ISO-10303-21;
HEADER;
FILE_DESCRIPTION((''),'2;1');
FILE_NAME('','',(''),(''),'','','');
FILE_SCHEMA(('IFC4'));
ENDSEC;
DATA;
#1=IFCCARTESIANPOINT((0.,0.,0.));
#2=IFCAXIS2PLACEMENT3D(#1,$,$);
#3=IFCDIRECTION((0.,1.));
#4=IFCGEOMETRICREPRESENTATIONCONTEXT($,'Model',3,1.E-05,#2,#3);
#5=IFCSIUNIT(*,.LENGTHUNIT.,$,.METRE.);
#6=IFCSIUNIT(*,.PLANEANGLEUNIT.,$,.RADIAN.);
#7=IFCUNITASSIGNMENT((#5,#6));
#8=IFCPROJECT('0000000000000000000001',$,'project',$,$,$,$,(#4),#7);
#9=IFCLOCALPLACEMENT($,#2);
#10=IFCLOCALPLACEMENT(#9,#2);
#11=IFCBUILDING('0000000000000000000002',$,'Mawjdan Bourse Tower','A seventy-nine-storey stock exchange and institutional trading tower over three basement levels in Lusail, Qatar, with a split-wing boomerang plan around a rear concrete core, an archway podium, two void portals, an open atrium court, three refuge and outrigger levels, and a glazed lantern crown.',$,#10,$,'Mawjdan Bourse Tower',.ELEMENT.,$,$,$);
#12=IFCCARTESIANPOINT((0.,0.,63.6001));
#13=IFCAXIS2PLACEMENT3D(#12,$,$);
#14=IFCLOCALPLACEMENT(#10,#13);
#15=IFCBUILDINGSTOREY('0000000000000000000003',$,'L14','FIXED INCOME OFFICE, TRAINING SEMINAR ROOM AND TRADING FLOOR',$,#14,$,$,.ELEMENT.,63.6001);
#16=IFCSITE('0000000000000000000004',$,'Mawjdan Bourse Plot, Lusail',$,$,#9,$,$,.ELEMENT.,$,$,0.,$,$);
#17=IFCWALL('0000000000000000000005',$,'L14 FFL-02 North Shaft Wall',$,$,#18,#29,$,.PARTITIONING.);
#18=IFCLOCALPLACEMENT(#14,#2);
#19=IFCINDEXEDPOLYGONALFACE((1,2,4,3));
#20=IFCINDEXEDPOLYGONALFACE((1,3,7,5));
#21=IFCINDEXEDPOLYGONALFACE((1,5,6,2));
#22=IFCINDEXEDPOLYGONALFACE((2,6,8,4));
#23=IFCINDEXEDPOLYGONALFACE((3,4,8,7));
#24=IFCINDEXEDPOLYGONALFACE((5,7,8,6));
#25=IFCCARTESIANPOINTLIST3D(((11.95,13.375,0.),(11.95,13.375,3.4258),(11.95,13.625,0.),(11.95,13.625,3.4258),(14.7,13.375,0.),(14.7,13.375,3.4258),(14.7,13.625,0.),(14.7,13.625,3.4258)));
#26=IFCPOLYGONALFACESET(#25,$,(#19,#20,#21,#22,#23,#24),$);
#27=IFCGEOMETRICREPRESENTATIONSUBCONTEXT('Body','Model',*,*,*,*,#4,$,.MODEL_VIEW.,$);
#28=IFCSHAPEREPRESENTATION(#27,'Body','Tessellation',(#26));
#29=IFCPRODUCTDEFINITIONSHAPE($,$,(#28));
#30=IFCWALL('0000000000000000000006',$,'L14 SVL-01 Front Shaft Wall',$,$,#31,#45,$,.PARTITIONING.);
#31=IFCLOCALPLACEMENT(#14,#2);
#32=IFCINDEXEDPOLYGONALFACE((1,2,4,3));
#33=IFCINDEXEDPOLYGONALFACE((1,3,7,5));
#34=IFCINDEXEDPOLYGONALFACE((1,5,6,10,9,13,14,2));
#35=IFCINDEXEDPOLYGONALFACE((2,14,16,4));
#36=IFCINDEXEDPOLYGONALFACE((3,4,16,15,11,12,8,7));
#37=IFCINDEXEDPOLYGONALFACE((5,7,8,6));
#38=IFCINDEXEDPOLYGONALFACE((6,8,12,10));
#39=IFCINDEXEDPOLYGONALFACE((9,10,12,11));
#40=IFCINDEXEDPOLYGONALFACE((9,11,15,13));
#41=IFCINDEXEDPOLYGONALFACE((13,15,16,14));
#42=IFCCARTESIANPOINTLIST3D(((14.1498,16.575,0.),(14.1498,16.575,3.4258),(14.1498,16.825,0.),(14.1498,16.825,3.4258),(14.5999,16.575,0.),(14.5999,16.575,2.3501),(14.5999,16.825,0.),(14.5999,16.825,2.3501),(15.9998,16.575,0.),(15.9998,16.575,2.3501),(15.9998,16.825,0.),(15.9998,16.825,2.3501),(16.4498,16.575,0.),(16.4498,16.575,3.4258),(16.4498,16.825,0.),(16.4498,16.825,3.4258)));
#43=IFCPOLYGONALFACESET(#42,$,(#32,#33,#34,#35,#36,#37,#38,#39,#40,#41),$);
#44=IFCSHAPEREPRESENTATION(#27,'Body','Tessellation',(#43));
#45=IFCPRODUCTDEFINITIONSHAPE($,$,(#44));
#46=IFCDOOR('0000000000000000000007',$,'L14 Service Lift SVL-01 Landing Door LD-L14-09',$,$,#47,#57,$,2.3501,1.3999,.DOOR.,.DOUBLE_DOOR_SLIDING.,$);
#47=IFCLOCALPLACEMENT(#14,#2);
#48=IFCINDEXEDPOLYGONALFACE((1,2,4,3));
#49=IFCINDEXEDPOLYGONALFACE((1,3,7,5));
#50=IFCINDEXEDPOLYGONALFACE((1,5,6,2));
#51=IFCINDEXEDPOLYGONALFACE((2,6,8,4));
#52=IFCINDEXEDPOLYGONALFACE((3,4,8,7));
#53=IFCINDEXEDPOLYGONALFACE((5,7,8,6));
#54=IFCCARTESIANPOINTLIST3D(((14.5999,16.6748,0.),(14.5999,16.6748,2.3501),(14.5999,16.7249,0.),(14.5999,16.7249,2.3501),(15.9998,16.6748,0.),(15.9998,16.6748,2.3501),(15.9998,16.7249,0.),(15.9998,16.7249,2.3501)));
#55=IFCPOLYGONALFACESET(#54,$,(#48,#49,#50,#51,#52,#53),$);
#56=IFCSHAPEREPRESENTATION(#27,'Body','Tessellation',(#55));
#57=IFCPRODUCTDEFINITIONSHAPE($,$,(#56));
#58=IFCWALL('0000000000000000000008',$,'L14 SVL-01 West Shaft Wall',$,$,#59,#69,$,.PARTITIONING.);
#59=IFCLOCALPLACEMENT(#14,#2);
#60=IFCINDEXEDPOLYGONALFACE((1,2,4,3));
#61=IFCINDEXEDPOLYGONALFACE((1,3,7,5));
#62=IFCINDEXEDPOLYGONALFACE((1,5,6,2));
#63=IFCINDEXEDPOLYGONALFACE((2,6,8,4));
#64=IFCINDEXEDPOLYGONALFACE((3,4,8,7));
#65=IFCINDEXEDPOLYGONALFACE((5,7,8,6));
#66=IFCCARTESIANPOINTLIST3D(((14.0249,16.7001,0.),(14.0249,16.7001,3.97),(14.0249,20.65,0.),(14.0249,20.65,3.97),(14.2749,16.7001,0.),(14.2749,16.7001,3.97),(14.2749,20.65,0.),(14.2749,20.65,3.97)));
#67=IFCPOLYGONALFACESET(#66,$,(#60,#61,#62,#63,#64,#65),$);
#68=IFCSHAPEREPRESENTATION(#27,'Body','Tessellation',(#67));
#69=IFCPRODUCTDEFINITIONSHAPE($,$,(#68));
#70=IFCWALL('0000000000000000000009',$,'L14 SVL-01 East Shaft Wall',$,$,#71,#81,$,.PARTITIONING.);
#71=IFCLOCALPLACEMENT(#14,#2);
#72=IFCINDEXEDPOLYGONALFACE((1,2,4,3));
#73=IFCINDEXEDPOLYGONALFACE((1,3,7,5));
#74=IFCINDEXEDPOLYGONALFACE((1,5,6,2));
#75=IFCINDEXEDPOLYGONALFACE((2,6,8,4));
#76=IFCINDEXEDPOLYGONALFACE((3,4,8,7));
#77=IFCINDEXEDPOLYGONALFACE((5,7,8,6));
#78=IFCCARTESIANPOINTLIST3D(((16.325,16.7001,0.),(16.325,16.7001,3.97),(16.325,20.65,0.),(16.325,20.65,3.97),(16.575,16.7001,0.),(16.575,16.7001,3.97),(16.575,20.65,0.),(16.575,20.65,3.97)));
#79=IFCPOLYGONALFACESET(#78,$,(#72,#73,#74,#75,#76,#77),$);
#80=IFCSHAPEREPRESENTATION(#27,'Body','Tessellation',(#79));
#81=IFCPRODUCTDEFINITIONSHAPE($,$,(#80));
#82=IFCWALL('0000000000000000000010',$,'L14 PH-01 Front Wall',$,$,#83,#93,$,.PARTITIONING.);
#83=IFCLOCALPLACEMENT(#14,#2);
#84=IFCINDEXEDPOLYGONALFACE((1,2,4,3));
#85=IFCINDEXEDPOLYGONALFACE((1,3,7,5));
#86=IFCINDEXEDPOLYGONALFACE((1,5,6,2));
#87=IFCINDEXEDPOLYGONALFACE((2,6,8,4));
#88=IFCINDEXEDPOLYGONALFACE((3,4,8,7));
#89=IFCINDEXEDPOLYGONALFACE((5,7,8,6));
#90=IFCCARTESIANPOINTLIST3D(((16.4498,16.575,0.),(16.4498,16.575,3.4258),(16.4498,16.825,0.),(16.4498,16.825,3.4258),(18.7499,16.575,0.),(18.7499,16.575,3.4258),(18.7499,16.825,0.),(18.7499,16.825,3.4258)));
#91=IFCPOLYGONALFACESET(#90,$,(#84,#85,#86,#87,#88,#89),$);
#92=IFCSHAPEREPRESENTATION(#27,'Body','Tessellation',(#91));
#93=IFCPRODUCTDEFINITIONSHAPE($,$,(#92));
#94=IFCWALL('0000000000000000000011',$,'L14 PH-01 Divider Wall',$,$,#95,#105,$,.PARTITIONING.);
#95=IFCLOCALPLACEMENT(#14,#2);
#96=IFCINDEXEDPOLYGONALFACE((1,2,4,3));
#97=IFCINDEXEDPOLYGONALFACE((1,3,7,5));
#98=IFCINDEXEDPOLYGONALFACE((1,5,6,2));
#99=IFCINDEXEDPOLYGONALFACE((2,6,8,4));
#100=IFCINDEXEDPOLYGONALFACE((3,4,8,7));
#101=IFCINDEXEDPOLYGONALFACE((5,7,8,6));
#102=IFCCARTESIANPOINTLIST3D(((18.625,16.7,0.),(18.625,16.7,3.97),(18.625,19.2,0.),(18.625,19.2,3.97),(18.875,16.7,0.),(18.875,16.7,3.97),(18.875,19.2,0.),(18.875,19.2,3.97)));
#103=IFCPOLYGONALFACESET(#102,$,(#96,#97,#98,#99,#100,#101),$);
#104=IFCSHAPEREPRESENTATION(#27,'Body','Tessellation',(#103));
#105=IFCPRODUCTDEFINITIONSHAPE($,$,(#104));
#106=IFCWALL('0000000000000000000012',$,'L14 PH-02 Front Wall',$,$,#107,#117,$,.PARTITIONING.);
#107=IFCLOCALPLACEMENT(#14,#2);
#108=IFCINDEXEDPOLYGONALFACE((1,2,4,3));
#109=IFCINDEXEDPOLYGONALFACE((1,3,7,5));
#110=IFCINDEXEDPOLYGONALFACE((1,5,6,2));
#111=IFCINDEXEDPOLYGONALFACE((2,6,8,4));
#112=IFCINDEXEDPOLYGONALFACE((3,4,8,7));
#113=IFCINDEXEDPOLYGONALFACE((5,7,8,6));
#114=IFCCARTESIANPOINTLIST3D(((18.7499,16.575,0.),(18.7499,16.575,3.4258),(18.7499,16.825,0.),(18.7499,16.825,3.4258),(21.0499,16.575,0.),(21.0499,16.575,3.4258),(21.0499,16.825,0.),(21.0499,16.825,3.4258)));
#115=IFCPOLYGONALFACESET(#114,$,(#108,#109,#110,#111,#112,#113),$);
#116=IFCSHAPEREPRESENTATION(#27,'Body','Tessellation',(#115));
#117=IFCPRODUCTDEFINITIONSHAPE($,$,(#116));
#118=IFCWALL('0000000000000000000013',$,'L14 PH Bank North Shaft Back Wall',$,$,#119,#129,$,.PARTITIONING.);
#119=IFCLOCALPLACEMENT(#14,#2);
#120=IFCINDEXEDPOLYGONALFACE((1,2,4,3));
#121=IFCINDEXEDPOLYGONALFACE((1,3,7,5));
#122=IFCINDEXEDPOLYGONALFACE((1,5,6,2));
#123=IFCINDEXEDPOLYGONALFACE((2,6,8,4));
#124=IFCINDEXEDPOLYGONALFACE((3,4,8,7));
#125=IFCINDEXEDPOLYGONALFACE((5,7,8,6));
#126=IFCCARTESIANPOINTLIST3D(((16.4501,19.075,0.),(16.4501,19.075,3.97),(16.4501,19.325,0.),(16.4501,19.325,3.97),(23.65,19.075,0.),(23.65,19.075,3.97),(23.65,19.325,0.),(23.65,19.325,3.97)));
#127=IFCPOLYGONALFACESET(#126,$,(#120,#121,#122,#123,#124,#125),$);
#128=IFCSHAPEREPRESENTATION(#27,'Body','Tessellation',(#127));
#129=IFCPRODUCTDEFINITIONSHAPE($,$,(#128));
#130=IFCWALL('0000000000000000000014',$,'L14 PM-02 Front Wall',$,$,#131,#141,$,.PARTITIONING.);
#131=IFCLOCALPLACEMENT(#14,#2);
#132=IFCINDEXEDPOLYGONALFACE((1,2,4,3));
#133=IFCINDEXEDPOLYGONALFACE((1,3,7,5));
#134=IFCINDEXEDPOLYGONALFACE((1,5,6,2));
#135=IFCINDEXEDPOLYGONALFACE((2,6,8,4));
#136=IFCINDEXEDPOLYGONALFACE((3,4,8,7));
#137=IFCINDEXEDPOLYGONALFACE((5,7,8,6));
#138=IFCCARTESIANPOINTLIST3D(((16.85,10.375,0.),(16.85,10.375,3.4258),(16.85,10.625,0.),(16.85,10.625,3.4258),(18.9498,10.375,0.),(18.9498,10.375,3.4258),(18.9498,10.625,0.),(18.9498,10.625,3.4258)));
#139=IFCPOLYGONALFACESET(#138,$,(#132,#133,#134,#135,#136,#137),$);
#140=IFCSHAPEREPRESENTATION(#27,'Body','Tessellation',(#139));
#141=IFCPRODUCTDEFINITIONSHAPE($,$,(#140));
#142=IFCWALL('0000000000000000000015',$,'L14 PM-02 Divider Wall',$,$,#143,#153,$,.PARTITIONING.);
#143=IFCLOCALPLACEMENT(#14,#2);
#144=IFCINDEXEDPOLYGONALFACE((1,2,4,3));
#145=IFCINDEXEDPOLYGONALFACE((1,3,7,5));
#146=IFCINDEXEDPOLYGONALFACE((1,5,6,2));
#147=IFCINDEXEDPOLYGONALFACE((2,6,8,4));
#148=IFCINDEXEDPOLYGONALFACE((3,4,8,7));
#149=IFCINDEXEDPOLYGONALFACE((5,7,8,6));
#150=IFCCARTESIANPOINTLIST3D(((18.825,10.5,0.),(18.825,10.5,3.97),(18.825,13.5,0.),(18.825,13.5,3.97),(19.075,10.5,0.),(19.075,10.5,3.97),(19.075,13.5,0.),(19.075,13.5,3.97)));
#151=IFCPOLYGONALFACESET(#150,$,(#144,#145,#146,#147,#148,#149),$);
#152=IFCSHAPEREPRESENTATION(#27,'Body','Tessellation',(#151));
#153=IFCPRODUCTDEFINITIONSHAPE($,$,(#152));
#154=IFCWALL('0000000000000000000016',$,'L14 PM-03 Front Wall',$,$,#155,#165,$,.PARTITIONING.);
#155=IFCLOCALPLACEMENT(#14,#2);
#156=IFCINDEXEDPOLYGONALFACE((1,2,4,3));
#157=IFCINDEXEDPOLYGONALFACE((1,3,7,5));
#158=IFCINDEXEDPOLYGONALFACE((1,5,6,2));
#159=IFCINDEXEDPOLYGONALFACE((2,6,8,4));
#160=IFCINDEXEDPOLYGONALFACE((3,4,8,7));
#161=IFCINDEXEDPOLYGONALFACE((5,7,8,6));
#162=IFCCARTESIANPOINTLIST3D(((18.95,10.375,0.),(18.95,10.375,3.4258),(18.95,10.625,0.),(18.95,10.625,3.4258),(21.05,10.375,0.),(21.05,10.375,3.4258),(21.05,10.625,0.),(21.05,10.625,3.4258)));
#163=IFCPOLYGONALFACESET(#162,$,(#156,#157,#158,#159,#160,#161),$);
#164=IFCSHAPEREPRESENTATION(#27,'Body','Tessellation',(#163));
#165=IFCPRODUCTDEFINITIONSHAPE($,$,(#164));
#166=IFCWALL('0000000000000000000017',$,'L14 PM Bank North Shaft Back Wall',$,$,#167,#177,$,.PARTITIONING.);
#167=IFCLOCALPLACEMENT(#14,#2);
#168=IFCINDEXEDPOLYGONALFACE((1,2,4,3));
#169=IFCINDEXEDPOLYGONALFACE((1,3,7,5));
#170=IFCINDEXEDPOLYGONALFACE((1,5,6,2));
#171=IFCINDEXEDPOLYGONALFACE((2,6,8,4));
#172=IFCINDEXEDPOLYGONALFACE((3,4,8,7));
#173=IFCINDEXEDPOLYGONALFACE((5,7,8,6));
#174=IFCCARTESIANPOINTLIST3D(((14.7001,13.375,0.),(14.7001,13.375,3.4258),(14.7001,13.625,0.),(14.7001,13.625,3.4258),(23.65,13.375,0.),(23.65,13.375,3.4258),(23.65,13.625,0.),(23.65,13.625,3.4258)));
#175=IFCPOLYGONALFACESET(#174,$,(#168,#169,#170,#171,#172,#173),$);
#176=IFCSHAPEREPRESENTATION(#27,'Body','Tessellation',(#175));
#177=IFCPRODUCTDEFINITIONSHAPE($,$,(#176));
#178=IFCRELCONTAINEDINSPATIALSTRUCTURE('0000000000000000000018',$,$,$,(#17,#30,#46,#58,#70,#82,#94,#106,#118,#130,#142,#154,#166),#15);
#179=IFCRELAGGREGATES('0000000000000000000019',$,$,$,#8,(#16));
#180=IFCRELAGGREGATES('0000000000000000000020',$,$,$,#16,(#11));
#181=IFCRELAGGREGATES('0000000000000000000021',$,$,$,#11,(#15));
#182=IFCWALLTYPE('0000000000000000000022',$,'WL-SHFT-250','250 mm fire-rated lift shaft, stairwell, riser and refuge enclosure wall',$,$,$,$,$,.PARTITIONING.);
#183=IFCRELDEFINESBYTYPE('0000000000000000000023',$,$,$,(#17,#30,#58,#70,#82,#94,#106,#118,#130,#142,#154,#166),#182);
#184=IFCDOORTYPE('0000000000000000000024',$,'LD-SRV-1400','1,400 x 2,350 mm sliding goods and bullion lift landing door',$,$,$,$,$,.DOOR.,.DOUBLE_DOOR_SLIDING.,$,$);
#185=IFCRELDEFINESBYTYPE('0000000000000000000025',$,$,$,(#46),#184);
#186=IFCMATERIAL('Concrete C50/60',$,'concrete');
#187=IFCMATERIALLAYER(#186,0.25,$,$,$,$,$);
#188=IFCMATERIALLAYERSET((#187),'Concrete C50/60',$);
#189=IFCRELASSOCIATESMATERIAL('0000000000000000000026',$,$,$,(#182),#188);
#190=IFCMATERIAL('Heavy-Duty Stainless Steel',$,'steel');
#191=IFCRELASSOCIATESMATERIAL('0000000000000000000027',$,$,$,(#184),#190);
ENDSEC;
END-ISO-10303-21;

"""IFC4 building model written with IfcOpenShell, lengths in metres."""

from ifc_helpers import new_model, si_unit, direction, frame, frame_2d, origin, place, context, subcontext, project, spatial, rectangle, extrude, material, layer, layer_set, type_object, element, fill, save


model = new_model("IFC4")

# Units and contexts
model_context = context("Model", 3, precision=1e-05, world=origin(), true_north=direction((0.0, 1.0)))
body_context = subcontext(model_context, "Body", "Model", "MODEL_VIEW")
ifc_project = project(units=[si_unit("LENGTHUNIT", "METRE"), si_unit("PLANEANGLEUNIT", "RADIAN")], contexts=[model_context])

# Site, building, storey
site_placement = place(None, origin())
site = spatial("IfcSite", under=ifc_project, at=site_placement, Name="Mawjdan Bourse Plot, Lusail", CompositionType="ELEMENT", RefElevation=0.0)
building_placement = place(site_placement, origin())
building = spatial("IfcBuilding", under=site, at=building_placement, Name="Mawjdan Bourse Tower", Description="A seventy-nine-storey stock exchange and institutional trading tower over three basement levels in Lusail, Qatar, with a split-wing boomerang plan around a rear concrete core, an archway podium, two void portals, an open atrium court, three refuge and outrigger levels, and a glazed lantern crown.", LongName="Mawjdan Bourse Tower", CompositionType="ELEMENT")
storey_placement = place(building_placement, frame((0.0, 0.0, 63.6001)))
storey = spatial("IfcBuildingStorey", under=building, at=storey_placement, Name="L14", Description="FIXED INCOME OFFICE, TRAINING SEMINAR ROOM AND TRADING FLOOR", CompositionType="ELEMENT", Elevation=63.6001)

# Wall
ifc_material_1 = material(Name="Concrete C50/60", Category="concrete")
ifc_layer_1 = layer(ifc_material_1, 0.25)
ifc_layer_set_1 = layer_set([ifc_layer_1], Name="Concrete C50/60")
wall_type_1 = type_object("IfcWallType", Name="WL-SHFT-250", Description="250 mm fire-rated lift shaft, stairwell, riser and refuge enclosure wall", PredefinedType="PARTITIONING", material=ifc_layer_set_1)
wall_1_placement = place(storey_placement, frame((11.95, 13.5, 0.0), z_axis=(0.0, 0.0, 1.0), x_axis=(1.0, 0.0, 0.0)))
element("IfcWall", 1, at=wall_1_placement, inside=storey, type_object=wall_type_1, Name="L14 FFL-02 North Shaft Wall", PredefinedType="PARTITIONING", context=body_context, shape_type="SweptSolid", body=[
    extrude(rectangle(XDim=2.75, YDim=0.25, at=frame_2d((1.375, 0.0))), origin(), (0.0, 0.0, 1.0), 3.4258),
])

# Wall, opening, door
wall_2_placement = place(storey_placement, frame((14.1499, 16.7, 0.0), z_axis=(0.0, 0.0, 1.0), x_axis=(1.0, 0.0, 0.0)))
wall_2 = element("IfcWall", 2, at=wall_2_placement, inside=storey, type_object=wall_type_1, Name="L14 SVL-01 Front Shaft Wall", PredefinedType="PARTITIONING", context=body_context, shape_type="SweptSolid", body=[
    extrude(rectangle(XDim=2.3, YDim=0.25, at=frame_2d((1.1499, 0.0))), origin(), (0.0, 0.0, 1.0), 3.4258),
])
opening_1_placement = place(wall_2_placement, frame((0.45, 0.0, 0.0)))
opening_1 = element("IfcOpeningElement", 3, at=opening_1_placement, cuts=wall_2, PredefinedType="OPENING", context=body_context, shape_type="SweptSolid", body=[
    extrude(rectangle(XDim=1.3999, YDim=2.3501, at=frame_2d((0.7, 1.175))), frame((0.0, 0.135, 0.0), z_axis=(0.0, -1.0, 0.0), x_axis=(1.0, 0.0, 0.0)), (0.0, 0.0, 1.0), 0.27),
])
ifc_material_2 = material(Name="Heavy-Duty Stainless Steel", Category="steel")
door_type_1 = type_object("IfcDoorType", Name="LD-SRV-1400", Description="1,400 x 2,350 mm sliding goods and bullion lift landing door", OperationType="DOUBLE_DOOR_SLIDING", PredefinedType="DOOR", material=ifc_material_2)
door_1_placement = place(opening_1_placement, origin())
door_1 = element("IfcDoor", 4, at=door_1_placement, inside=storey, type_object=door_type_1, Name="L14 Service Lift SVL-01 Landing Door LD-L14-09", OperationType="DOUBLE_DOOR_SLIDING", OverallHeight=2.3501, OverallWidth=1.3999, PredefinedType="DOOR", context=body_context, shape_type="SweptSolid", body=[
    extrude(rectangle(XDim=1.3999, YDim=2.3501, at=frame_2d((0.7, 1.175))), frame((0.0, 0.0249, 0.0), z_axis=(0.0, -1.0, 0.0), x_axis=(1.0, 0.0, 0.0)), (0.0, 0.0, 1.0), 0.05),
])
fill(opening_1, door_1)

# Walls
for number, where, z_axis, x_axis, name in (
    (5, (14.1499, 16.7, 0.0), (0.0, 0.0, 1.0), (0.0, 1.0, 0.0), "L14 SVL-01 West Shaft Wall"),
    (6, (16.45, 16.7, 0.0), (0.0, 0.0, 1.0), (0.0, 1.0, 0.0), "L14 SVL-01 East Shaft Wall"),
):
    element("IfcWall", number, at=place(storey_placement, frame(where, z_axis=z_axis, x_axis=x_axis)), inside=storey, type_object=wall_type_1, Name=name, PredefinedType="PARTITIONING", context=body_context, shape_type="SweptSolid", body=[
        extrude(rectangle(XDim=3.95, YDim=0.25, at=frame_2d((1.9751, 0.0))), origin(), (0.0, 0.0, 1.0), 3.97),
    ])
wall_3_placement = place(storey_placement, frame((16.45, 16.7, 0.0), z_axis=(0.0, 0.0, 1.0), x_axis=(1.0, 0.0, 0.0)))
element("IfcWall", 7, at=wall_3_placement, inside=storey, type_object=wall_type_1, Name="L14 PH-01 Front Wall", PredefinedType="PARTITIONING", context=body_context, shape_type="SweptSolid", body=[
    extrude(rectangle(XDim=2.3, YDim=0.25, at=frame_2d((1.1499, 0.0))), origin(), (0.0, 0.0, 1.0), 3.4258),
])
wall_4_placement = place(storey_placement, frame((18.75, 16.7, 0.0), z_axis=(0.0, 0.0, 1.0), x_axis=(0.0, 1.0, 0.0)))
element("IfcWall", 8, at=wall_4_placement, inside=storey, type_object=wall_type_1, Name="L14 PH-01 Divider Wall", PredefinedType="PARTITIONING", context=body_context, shape_type="SweptSolid", body=[
    extrude(rectangle(XDim=2.5, YDim=0.25, at=frame_2d((1.25, 0.0))), origin(), (0.0, 0.0, 1.0), 3.97),
])
wall_5_placement = place(storey_placement, frame((18.75, 16.7, 0.0), z_axis=(0.0, 0.0, 1.0), x_axis=(1.0, 0.0, 0.0)))
element("IfcWall", 9, at=wall_5_placement, inside=storey, type_object=wall_type_1, Name="L14 PH-02 Front Wall", PredefinedType="PARTITIONING", context=body_context, shape_type="SweptSolid", body=[
    extrude(rectangle(XDim=2.3, YDim=0.25, at=frame_2d((1.1499, 0.0))), origin(), (0.0, 0.0, 1.0), 3.4258),
])
wall_6_placement = place(storey_placement, frame((16.45, 19.2, 0.0), z_axis=(0.0, 0.0, 1.0), x_axis=(1.0, 0.0, 0.0)))
element("IfcWall", 10, at=wall_6_placement, inside=storey, type_object=wall_type_1, Name="L14 PH Bank North Shaft Back Wall", PredefinedType="PARTITIONING", context=body_context, shape_type="SweptSolid", body=[
    extrude(rectangle(XDim=7.2, YDim=0.25, at=frame_2d((3.6001, 0.0))), origin(), (0.0, 0.0, 1.0), 3.97),
])
wall_7_placement = place(storey_placement, frame((16.8501, 10.5, 0.0), z_axis=(0.0, 0.0, 1.0), x_axis=(1.0, 0.0, 0.0)))
element("IfcWall", 11, at=wall_7_placement, inside=storey, type_object=wall_type_1, Name="L14 PM-02 Front Wall", PredefinedType="PARTITIONING", context=body_context, shape_type="SweptSolid", body=[
    extrude(rectangle(XDim=2.0999, YDim=0.25, at=frame_2d((1.0498, 0.0))), origin(), (0.0, 0.0, 1.0), 3.4258),
])
wall_8_placement = place(storey_placement, frame((18.95, 10.5, 0.0), z_axis=(0.0, 0.0, 1.0), x_axis=(0.0, 1.0, 0.0)))
element("IfcWall", 12, at=wall_8_placement, inside=storey, type_object=wall_type_1, Name="L14 PM-02 Divider Wall", PredefinedType="PARTITIONING", context=body_context, shape_type="SweptSolid", body=[
    extrude(rectangle(XDim=3.0, YDim=0.25, at=frame_2d((1.5, 0.0))), origin(), (0.0, 0.0, 1.0), 3.97),
])
wall_9_placement = place(storey_placement, frame((18.95, 10.5, 0.0), z_axis=(0.0, 0.0, 1.0), x_axis=(1.0, 0.0, 0.0)))
element("IfcWall", 13, at=wall_9_placement, inside=storey, type_object=wall_type_1, Name="L14 PM-03 Front Wall", PredefinedType="PARTITIONING", context=body_context, shape_type="SweptSolid", body=[
    extrude(rectangle(XDim=2.1001, YDim=0.25, at=frame_2d((1.05, 0.0))), origin(), (0.0, 0.0, 1.0), 3.4258),
])
wall_10_placement = place(storey_placement, frame((14.7, 13.5, 0.0), z_axis=(0.0, 0.0, 1.0), x_axis=(1.0, 0.0, 0.0)))
element("IfcWall", 14, at=wall_10_placement, inside=storey, type_object=wall_type_1, Name="L14 PM Bank North Shaft Back Wall", PredefinedType="PARTITIONING", context=body_context, shape_type="SweptSolid", body=[
    extrude(rectangle(XDim=8.95, YDim=0.25, at=frame_2d((4.4751, 0.0))), origin(), (0.0, 0.0, 1.0), 3.4258),
])

save(model, "model.ifc")
